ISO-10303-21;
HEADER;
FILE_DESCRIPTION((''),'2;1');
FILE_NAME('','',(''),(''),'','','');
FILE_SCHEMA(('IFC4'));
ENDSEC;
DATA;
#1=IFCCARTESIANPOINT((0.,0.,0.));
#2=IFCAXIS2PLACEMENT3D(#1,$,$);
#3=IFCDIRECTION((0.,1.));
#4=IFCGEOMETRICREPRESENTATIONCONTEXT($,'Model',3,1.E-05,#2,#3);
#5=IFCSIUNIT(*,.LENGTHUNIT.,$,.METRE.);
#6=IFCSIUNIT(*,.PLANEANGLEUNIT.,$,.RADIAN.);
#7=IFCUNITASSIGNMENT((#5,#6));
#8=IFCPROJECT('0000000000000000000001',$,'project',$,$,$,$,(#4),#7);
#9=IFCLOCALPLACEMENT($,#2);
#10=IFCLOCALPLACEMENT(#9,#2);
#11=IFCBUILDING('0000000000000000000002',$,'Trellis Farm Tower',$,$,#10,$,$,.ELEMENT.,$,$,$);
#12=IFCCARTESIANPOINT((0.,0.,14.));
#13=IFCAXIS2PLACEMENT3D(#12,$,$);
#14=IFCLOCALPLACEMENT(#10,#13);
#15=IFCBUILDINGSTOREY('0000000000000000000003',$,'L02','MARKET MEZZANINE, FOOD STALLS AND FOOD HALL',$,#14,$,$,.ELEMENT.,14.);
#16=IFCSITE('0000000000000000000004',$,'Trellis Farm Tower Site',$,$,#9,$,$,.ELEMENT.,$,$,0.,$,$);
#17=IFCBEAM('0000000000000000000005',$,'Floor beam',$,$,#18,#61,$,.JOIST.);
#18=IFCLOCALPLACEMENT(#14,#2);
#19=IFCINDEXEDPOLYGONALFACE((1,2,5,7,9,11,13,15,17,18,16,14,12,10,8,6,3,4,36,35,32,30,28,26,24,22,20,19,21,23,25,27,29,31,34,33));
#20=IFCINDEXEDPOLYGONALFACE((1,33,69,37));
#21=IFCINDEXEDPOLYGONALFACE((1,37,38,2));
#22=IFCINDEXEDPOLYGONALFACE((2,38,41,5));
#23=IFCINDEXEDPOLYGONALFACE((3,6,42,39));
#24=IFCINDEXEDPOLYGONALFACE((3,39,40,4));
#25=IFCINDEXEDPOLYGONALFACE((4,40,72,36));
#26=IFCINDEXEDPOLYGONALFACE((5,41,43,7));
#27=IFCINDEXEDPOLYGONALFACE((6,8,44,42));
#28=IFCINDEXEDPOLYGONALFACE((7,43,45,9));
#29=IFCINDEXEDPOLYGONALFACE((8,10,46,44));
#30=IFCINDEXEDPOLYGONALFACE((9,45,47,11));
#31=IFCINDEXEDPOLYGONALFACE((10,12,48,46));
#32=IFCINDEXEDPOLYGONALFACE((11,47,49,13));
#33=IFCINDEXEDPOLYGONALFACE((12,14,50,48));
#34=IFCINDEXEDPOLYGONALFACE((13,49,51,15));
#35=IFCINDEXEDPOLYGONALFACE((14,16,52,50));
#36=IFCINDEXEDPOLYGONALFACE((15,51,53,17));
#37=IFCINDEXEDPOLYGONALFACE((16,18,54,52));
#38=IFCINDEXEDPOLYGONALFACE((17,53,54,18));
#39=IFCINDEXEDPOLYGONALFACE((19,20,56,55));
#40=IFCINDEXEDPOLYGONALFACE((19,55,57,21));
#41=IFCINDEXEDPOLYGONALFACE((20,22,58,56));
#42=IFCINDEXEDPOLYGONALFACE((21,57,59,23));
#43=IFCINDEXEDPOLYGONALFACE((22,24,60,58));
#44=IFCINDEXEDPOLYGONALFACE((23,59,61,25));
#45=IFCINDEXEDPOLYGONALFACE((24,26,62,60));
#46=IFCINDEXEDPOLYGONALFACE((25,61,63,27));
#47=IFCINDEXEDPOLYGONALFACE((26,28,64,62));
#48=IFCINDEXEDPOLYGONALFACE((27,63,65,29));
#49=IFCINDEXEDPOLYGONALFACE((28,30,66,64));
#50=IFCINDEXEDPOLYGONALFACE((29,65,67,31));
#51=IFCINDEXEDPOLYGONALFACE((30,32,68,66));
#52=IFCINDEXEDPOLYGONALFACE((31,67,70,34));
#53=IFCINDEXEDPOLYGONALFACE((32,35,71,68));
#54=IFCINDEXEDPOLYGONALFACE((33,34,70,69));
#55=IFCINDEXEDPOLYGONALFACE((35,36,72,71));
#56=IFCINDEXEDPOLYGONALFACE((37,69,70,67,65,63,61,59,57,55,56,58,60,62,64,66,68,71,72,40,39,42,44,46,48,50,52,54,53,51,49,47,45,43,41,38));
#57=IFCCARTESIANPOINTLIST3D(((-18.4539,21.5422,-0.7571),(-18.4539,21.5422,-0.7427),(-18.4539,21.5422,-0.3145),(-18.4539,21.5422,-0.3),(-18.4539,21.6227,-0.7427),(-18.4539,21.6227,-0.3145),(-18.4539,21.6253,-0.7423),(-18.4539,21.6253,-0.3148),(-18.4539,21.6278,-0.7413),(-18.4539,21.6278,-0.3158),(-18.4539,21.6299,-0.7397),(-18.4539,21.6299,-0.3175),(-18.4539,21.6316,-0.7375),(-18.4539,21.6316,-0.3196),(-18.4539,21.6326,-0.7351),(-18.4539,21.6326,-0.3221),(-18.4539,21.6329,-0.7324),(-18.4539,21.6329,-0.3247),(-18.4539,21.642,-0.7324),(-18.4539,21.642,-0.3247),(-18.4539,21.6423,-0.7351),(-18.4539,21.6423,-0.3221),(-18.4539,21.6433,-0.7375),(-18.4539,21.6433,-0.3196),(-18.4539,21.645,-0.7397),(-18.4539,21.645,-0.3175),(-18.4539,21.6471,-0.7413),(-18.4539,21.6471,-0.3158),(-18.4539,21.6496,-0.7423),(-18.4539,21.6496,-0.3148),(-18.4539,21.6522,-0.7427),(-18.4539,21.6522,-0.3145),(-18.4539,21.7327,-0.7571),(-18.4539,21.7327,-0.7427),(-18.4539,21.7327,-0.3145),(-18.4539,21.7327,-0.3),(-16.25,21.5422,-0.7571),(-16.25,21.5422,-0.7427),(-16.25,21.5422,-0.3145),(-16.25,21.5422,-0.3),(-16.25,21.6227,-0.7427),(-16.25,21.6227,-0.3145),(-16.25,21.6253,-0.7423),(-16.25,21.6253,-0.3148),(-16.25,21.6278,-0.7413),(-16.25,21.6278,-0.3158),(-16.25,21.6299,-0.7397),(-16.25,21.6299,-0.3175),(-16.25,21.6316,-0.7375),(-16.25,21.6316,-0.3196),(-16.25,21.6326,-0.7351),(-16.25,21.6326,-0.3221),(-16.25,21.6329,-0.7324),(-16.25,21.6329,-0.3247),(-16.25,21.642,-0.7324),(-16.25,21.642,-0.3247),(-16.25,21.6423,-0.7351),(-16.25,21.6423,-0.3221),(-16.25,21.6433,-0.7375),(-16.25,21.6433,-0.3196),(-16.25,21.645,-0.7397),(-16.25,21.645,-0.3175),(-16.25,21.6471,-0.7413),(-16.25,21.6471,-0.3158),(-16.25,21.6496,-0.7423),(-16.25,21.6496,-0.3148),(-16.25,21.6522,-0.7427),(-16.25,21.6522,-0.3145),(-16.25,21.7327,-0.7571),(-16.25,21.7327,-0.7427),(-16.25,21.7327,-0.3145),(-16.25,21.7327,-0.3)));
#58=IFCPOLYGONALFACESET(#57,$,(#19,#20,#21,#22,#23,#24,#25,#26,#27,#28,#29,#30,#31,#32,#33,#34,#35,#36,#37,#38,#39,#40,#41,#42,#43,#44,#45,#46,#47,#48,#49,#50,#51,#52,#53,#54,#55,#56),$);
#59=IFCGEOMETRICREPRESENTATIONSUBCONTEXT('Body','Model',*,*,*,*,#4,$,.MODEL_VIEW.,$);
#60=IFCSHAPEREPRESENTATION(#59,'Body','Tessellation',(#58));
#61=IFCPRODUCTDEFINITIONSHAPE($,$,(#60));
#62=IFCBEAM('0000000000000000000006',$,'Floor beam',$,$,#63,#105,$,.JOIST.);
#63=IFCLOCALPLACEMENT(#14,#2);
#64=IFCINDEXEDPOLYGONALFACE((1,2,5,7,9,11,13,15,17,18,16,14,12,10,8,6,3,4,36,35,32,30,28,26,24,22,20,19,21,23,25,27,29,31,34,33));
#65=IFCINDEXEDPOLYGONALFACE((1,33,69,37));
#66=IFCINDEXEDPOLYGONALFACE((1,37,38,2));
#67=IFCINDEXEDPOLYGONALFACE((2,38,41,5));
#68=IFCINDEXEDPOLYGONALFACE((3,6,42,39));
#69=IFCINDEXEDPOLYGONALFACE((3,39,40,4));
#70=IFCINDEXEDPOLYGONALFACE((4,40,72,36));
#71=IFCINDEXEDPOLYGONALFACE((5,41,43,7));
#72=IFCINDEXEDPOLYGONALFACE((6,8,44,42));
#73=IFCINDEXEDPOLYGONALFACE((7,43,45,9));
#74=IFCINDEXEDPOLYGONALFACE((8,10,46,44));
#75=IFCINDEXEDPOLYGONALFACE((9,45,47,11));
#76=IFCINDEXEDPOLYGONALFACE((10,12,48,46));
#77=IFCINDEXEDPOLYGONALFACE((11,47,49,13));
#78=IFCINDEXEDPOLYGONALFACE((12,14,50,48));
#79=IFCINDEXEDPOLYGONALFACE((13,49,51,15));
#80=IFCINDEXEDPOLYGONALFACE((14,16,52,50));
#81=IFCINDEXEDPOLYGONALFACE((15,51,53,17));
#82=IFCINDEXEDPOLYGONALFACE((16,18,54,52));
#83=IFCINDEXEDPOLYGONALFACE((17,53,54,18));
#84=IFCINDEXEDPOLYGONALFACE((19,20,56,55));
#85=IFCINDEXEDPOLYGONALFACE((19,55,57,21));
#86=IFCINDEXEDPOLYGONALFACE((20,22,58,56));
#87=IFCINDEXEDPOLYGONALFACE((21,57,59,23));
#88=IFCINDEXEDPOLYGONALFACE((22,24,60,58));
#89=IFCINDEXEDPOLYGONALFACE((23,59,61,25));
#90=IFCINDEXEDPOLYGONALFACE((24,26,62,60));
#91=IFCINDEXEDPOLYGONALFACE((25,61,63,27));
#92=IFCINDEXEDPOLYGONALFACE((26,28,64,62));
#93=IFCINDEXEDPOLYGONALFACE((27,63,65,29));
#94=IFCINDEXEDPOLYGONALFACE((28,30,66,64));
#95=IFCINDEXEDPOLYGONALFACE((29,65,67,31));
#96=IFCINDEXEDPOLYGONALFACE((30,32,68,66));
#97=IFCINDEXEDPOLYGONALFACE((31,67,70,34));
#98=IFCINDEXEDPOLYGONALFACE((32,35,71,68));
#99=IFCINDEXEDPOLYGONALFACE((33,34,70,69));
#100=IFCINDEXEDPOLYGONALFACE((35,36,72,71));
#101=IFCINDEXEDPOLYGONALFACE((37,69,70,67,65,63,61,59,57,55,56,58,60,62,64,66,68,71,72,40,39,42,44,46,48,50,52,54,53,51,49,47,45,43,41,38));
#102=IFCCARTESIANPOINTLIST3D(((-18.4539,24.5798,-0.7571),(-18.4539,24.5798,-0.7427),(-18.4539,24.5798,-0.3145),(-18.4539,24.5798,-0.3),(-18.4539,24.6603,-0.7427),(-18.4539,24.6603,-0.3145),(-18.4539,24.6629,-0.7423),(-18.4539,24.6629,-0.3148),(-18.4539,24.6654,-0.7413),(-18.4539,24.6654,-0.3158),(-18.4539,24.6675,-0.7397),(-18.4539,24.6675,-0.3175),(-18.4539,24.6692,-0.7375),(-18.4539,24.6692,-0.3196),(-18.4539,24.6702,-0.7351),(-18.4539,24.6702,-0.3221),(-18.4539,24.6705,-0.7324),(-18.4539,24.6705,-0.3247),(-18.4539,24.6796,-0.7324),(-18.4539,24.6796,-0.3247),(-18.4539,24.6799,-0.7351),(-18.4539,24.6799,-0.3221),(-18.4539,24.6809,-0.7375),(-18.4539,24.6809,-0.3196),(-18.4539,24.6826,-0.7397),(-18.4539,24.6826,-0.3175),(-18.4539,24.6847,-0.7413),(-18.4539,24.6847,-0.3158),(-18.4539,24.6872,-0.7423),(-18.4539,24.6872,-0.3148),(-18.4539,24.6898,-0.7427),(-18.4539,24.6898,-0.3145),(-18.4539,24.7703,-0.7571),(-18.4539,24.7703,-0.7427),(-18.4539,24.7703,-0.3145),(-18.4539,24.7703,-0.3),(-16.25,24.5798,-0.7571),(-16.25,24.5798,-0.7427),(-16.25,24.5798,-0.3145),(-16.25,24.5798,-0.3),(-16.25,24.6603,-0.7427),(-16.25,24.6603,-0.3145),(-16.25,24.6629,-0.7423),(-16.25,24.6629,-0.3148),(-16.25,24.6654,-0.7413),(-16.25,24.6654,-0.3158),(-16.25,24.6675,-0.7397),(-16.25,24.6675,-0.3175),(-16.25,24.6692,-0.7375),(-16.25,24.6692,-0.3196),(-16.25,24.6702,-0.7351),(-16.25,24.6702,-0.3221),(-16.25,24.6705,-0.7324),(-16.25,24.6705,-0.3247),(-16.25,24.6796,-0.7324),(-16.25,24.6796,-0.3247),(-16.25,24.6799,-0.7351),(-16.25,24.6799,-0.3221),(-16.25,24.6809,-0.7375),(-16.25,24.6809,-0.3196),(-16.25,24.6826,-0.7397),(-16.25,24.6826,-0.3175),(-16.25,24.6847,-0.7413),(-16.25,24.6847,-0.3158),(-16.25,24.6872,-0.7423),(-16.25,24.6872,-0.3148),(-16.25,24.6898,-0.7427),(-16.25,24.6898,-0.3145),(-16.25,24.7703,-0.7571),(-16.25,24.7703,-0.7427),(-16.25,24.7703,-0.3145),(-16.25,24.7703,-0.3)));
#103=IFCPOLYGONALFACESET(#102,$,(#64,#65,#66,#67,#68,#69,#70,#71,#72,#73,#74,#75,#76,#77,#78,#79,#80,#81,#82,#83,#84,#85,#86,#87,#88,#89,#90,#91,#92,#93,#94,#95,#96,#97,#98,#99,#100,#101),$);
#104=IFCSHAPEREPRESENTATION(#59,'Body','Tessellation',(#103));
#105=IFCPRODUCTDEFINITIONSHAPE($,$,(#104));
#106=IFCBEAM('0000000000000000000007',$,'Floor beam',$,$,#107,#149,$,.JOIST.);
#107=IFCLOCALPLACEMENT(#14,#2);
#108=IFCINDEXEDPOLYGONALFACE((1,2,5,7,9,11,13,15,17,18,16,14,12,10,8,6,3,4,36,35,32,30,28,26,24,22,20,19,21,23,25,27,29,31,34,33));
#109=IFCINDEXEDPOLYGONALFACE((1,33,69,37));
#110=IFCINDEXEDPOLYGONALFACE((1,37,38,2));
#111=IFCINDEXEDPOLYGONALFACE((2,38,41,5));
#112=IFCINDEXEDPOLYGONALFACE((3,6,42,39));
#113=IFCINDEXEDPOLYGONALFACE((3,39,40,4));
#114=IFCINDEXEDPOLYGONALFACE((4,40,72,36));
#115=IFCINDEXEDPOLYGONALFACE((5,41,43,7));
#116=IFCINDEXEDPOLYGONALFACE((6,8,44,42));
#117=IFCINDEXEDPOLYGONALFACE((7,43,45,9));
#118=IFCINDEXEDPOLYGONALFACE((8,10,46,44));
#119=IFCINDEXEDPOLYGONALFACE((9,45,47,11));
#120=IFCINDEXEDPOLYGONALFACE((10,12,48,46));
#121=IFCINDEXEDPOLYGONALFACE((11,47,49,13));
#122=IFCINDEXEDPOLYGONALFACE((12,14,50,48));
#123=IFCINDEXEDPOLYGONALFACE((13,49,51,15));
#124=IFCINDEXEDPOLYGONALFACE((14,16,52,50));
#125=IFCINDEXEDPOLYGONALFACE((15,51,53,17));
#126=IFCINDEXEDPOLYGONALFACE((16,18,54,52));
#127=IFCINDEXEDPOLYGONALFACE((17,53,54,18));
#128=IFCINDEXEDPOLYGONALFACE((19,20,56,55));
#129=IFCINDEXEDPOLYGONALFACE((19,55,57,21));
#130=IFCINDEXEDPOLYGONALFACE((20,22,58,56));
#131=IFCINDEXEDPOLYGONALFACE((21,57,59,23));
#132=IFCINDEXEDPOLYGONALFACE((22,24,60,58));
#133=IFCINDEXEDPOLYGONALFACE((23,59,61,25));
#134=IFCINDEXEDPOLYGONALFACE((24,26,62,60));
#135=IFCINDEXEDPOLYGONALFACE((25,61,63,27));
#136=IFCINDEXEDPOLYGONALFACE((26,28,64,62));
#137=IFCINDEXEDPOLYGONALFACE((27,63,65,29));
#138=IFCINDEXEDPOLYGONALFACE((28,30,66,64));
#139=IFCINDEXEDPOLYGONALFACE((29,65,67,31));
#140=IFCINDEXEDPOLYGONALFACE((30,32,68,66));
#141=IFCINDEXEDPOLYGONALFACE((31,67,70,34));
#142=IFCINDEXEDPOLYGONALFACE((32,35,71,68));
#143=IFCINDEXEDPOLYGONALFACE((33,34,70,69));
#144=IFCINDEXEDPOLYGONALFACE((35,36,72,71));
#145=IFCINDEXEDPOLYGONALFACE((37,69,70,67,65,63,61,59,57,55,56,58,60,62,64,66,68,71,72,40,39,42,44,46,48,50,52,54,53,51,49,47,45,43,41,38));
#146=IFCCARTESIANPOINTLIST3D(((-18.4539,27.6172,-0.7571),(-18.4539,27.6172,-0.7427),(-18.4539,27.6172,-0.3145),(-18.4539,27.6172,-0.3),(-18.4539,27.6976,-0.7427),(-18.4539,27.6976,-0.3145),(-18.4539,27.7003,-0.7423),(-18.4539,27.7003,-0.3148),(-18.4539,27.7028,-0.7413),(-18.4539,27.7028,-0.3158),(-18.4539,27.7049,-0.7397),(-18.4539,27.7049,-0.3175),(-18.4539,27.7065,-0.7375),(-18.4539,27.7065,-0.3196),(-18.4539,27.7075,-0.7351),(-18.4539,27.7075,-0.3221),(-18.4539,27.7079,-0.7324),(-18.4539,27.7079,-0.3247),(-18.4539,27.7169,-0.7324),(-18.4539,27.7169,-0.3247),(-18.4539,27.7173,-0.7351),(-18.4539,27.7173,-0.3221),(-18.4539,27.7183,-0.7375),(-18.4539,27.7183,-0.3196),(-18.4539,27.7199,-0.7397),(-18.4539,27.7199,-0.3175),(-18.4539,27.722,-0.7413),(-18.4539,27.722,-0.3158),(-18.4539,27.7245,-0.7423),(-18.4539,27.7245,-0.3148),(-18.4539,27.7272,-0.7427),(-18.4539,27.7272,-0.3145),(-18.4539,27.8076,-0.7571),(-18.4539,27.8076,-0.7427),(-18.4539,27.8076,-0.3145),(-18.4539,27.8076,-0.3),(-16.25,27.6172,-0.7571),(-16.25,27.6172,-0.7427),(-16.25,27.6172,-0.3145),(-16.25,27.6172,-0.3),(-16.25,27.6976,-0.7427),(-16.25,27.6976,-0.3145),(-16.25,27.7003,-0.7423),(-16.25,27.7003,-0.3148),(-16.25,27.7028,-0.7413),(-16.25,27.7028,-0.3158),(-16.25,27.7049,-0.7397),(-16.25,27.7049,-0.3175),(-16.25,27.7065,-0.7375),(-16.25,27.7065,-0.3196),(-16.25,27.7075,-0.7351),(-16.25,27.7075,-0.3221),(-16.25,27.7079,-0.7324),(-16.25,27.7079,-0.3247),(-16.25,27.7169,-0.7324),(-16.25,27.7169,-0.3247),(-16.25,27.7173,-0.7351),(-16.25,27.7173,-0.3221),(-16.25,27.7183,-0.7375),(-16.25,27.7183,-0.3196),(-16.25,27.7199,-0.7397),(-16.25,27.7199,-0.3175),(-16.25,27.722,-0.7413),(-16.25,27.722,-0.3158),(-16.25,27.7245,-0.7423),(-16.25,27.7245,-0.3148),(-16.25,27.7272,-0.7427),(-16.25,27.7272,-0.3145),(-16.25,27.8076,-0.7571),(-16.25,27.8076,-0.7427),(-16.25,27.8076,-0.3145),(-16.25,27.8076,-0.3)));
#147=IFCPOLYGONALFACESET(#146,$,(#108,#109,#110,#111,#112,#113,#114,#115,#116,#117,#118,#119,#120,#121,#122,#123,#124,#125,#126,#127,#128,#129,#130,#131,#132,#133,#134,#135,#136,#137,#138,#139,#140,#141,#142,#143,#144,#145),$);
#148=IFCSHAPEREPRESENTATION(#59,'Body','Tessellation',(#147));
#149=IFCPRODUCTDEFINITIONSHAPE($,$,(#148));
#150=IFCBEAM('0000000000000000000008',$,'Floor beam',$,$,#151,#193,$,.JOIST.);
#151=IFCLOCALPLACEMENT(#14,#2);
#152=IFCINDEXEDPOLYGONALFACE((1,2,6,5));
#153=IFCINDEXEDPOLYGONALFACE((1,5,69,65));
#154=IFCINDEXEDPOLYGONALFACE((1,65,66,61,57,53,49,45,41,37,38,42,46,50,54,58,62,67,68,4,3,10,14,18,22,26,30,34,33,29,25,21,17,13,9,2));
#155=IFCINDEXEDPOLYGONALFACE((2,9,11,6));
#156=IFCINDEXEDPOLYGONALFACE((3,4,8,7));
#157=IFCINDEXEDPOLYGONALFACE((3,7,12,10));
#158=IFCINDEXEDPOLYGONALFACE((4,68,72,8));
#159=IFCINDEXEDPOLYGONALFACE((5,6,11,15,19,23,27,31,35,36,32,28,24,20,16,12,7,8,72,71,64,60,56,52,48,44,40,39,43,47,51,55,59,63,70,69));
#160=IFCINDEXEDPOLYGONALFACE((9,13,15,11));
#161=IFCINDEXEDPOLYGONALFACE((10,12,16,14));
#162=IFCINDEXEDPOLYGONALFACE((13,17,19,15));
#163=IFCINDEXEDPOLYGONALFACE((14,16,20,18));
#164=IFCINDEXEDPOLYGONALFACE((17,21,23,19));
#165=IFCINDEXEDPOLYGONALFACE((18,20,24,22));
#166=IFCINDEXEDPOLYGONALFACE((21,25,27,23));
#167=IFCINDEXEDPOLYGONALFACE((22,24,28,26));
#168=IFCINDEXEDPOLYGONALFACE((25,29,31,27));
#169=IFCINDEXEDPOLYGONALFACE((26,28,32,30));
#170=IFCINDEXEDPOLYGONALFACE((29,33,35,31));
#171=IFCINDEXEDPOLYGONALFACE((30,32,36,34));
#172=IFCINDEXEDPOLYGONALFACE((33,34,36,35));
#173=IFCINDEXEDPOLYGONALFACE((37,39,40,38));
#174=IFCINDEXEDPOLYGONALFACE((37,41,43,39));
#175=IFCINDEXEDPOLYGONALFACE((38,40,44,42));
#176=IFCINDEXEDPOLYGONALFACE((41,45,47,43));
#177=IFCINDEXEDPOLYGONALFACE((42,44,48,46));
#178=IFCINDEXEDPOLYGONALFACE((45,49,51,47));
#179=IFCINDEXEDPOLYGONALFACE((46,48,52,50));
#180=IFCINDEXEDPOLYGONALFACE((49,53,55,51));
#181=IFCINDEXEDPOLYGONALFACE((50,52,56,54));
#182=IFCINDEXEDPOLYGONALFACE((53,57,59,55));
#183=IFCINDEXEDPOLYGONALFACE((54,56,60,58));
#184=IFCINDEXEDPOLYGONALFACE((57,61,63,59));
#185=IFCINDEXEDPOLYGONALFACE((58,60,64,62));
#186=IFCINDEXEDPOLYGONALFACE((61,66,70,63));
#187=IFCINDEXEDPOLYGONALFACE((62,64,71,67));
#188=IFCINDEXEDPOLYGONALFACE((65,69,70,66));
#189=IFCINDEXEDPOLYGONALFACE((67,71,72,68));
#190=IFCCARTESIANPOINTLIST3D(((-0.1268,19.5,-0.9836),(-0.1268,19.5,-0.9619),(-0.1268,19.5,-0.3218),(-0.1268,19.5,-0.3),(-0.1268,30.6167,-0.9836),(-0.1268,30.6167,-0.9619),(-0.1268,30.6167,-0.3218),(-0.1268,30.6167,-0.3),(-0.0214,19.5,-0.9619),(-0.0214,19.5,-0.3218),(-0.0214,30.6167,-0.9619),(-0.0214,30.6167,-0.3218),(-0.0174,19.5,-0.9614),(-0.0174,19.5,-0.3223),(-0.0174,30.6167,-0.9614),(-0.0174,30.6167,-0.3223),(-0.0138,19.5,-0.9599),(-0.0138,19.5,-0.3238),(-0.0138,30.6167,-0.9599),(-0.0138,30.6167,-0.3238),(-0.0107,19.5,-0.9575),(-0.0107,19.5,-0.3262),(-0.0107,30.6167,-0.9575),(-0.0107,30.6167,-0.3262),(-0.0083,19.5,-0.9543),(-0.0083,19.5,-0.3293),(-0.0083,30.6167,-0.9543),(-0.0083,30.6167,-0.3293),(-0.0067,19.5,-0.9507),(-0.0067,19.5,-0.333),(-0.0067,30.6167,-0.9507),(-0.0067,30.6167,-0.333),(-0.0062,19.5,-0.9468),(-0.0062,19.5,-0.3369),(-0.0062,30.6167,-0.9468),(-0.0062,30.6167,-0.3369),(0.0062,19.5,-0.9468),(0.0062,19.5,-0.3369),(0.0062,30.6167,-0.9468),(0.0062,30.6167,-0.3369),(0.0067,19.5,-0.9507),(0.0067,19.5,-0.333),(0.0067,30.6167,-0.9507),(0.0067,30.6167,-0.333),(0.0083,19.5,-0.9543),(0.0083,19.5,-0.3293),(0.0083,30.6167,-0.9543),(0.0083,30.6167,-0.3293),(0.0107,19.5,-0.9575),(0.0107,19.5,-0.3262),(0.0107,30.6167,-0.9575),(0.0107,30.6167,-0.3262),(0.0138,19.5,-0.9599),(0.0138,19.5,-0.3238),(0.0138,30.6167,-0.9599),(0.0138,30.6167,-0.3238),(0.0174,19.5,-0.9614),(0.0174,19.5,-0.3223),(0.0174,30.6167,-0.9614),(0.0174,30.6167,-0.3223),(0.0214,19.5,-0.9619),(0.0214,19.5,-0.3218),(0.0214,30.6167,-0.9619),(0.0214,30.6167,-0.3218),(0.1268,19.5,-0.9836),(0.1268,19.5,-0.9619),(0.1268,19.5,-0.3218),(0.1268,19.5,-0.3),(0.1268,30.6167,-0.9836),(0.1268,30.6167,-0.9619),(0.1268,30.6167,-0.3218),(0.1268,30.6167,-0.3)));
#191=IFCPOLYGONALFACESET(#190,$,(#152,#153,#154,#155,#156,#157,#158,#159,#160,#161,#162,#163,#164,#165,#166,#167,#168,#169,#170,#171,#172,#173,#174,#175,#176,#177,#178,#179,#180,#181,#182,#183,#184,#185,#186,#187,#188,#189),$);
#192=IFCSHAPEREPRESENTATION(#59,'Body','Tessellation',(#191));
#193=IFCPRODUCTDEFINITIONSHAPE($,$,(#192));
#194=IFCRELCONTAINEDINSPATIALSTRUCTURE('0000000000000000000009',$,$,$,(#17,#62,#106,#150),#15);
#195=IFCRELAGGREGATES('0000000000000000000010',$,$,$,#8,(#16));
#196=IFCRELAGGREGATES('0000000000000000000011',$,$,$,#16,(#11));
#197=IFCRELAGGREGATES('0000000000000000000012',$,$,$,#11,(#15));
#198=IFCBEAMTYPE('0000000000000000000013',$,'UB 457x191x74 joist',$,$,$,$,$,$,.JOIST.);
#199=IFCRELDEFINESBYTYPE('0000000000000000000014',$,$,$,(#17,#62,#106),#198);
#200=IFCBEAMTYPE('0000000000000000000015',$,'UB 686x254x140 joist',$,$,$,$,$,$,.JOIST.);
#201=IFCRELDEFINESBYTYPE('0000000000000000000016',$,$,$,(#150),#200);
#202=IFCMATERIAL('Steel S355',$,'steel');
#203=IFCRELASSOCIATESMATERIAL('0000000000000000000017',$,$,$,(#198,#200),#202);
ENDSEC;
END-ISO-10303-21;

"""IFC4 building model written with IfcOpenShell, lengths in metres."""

from ifc_helpers import new_model, si_unit, direction, frame, origin, origin_2d, place, context, subcontext, project, spatial, i_section, extrude, source, transform, mapped, material, material_profile, profile_set, type_object, element, save


model = new_model("IFC4")

# Units and contexts
model_context = context("Model", 3, precision=1e-05, world=origin(), true_north=direction((0.0, 1.0)))
body_context = subcontext(model_context, "Body", "Model", "MODEL_VIEW")
ifc_project = project(units=[si_unit("LENGTHUNIT", "METRE"), si_unit("PLANEANGLEUNIT", "RADIAN")], contexts=[model_context])

# Site, building, storey
site_placement = place(None, origin())
site = spatial("IfcSite", under=ifc_project, at=site_placement, Name="Trellis Farm Tower Site", CompositionType="ELEMENT", RefElevation=0.0)
building_placement = place(site_placement, origin())
building = spatial("IfcBuilding", under=site, at=building_placement, Name="Trellis Farm Tower", CompositionType="ELEMENT")
storey_placement = place(building_placement, frame((0.0, 0.0, 14.0)))
storey = spatial("IfcBuildingStorey", under=building, at=storey_placement, Name="L02", Description="MARKET MEZZANINE, FOOD STALLS AND FOOD HALL", CompositionType="ELEMENT", Elevation=14.0)

# Beams
ifc_material_1 = material(Name="Steel S355", Category="steel")
ifc_material_profile_1 = material_profile(ifc_material_1, i_section(OverallWidth=0.1904, OverallDepth=0.457, WebThickness=0.009, FlangeThickness=0.0144, FilletRadius=0.0103, at=origin_2d()), Name="UB 457x191x74")
ifc_profile_set_1 = profile_set([ifc_material_profile_1], Name="Steel S355")
beam_type_1 = type_object("IfcBeamType", Name="UB 457x191x74 joist", PredefinedType="JOIST", material=ifc_profile_set_1)
shared_shape_1 = source(origin(), body_context, "Body", "SweptSolid", [
    extrude(i_section(OverallWidth=0.1904, OverallDepth=0.457, WebThickness=0.009, FlangeThickness=0.0144, FilletRadius=0.0103, at=origin_2d()), origin(), (0.0, 0.0, 1.0), 2.2039),
])
for number, where, z_axis, x_axis, name in (
    (1, (-18.4539, 21.6375, -0.5286), (1.0, 0.0, 0.0), (0.0, 1.0, 0.0), "Floor beam"),
    (2, (-18.4539, 24.675, -0.5286), (1.0, 0.0, 0.0), (0.0, 1.0, 0.0), "Floor beam"),
    (3, (-18.4539, 27.7124, -0.5286), (1.0, 0.0, 0.0), (0.0, 1.0, 0.0), "Floor beam"),
):
    element("IfcBeam", number, at=place(storey_placement, frame(where, z_axis=z_axis, x_axis=x_axis)), inside=storey, type_object=beam_type_1, Name=name, PredefinedType="JOIST", context=body_context, shape_type="MappedRepresentation", body=[
        mapped(shared_shape_1, transform((0.0, 0.0, 0.0))),
    ])
ifc_material_profile_2 = material_profile(ifc_material_1, i_section(OverallWidth=0.2537, OverallDepth=0.6836, WebThickness=0.0125, FlangeThickness=0.0217, FilletRadius=0.0151, at=origin_2d()), Name="UB 686x254x140")
ifc_profile_set_2 = profile_set([ifc_material_profile_2], Name="Steel S355")
beam_type_2 = type_object("IfcBeamType", Name="UB 686x254x140 joist", PredefinedType="JOIST", material=ifc_profile_set_2)
shared_shape_2 = source(origin(), body_context, "Body", "SweptSolid", [
    extrude(i_section(OverallWidth=0.2537, OverallDepth=0.6836, WebThickness=0.0125, FlangeThickness=0.0217, FilletRadius=0.0151, at=origin_2d()), origin(), (0.0, 0.0, 1.0), 11.1167),
])
beam_1_placement = place(storey_placement, frame((0.0, 19.5, -0.6418), z_axis=(0.0, 1.0, 0.0), x_axis=(-1.0, 0.0, 0.0)))
element("IfcBeam", 4, at=beam_1_placement, inside=storey, type_object=beam_type_2, Name="Floor beam", PredefinedType="JOIST", context=body_context, shape_type="MappedRepresentation", body=[
    mapped(shared_shape_2, transform((0.0, 0.0, 0.0))),
])

save(model, "model.ifc")
